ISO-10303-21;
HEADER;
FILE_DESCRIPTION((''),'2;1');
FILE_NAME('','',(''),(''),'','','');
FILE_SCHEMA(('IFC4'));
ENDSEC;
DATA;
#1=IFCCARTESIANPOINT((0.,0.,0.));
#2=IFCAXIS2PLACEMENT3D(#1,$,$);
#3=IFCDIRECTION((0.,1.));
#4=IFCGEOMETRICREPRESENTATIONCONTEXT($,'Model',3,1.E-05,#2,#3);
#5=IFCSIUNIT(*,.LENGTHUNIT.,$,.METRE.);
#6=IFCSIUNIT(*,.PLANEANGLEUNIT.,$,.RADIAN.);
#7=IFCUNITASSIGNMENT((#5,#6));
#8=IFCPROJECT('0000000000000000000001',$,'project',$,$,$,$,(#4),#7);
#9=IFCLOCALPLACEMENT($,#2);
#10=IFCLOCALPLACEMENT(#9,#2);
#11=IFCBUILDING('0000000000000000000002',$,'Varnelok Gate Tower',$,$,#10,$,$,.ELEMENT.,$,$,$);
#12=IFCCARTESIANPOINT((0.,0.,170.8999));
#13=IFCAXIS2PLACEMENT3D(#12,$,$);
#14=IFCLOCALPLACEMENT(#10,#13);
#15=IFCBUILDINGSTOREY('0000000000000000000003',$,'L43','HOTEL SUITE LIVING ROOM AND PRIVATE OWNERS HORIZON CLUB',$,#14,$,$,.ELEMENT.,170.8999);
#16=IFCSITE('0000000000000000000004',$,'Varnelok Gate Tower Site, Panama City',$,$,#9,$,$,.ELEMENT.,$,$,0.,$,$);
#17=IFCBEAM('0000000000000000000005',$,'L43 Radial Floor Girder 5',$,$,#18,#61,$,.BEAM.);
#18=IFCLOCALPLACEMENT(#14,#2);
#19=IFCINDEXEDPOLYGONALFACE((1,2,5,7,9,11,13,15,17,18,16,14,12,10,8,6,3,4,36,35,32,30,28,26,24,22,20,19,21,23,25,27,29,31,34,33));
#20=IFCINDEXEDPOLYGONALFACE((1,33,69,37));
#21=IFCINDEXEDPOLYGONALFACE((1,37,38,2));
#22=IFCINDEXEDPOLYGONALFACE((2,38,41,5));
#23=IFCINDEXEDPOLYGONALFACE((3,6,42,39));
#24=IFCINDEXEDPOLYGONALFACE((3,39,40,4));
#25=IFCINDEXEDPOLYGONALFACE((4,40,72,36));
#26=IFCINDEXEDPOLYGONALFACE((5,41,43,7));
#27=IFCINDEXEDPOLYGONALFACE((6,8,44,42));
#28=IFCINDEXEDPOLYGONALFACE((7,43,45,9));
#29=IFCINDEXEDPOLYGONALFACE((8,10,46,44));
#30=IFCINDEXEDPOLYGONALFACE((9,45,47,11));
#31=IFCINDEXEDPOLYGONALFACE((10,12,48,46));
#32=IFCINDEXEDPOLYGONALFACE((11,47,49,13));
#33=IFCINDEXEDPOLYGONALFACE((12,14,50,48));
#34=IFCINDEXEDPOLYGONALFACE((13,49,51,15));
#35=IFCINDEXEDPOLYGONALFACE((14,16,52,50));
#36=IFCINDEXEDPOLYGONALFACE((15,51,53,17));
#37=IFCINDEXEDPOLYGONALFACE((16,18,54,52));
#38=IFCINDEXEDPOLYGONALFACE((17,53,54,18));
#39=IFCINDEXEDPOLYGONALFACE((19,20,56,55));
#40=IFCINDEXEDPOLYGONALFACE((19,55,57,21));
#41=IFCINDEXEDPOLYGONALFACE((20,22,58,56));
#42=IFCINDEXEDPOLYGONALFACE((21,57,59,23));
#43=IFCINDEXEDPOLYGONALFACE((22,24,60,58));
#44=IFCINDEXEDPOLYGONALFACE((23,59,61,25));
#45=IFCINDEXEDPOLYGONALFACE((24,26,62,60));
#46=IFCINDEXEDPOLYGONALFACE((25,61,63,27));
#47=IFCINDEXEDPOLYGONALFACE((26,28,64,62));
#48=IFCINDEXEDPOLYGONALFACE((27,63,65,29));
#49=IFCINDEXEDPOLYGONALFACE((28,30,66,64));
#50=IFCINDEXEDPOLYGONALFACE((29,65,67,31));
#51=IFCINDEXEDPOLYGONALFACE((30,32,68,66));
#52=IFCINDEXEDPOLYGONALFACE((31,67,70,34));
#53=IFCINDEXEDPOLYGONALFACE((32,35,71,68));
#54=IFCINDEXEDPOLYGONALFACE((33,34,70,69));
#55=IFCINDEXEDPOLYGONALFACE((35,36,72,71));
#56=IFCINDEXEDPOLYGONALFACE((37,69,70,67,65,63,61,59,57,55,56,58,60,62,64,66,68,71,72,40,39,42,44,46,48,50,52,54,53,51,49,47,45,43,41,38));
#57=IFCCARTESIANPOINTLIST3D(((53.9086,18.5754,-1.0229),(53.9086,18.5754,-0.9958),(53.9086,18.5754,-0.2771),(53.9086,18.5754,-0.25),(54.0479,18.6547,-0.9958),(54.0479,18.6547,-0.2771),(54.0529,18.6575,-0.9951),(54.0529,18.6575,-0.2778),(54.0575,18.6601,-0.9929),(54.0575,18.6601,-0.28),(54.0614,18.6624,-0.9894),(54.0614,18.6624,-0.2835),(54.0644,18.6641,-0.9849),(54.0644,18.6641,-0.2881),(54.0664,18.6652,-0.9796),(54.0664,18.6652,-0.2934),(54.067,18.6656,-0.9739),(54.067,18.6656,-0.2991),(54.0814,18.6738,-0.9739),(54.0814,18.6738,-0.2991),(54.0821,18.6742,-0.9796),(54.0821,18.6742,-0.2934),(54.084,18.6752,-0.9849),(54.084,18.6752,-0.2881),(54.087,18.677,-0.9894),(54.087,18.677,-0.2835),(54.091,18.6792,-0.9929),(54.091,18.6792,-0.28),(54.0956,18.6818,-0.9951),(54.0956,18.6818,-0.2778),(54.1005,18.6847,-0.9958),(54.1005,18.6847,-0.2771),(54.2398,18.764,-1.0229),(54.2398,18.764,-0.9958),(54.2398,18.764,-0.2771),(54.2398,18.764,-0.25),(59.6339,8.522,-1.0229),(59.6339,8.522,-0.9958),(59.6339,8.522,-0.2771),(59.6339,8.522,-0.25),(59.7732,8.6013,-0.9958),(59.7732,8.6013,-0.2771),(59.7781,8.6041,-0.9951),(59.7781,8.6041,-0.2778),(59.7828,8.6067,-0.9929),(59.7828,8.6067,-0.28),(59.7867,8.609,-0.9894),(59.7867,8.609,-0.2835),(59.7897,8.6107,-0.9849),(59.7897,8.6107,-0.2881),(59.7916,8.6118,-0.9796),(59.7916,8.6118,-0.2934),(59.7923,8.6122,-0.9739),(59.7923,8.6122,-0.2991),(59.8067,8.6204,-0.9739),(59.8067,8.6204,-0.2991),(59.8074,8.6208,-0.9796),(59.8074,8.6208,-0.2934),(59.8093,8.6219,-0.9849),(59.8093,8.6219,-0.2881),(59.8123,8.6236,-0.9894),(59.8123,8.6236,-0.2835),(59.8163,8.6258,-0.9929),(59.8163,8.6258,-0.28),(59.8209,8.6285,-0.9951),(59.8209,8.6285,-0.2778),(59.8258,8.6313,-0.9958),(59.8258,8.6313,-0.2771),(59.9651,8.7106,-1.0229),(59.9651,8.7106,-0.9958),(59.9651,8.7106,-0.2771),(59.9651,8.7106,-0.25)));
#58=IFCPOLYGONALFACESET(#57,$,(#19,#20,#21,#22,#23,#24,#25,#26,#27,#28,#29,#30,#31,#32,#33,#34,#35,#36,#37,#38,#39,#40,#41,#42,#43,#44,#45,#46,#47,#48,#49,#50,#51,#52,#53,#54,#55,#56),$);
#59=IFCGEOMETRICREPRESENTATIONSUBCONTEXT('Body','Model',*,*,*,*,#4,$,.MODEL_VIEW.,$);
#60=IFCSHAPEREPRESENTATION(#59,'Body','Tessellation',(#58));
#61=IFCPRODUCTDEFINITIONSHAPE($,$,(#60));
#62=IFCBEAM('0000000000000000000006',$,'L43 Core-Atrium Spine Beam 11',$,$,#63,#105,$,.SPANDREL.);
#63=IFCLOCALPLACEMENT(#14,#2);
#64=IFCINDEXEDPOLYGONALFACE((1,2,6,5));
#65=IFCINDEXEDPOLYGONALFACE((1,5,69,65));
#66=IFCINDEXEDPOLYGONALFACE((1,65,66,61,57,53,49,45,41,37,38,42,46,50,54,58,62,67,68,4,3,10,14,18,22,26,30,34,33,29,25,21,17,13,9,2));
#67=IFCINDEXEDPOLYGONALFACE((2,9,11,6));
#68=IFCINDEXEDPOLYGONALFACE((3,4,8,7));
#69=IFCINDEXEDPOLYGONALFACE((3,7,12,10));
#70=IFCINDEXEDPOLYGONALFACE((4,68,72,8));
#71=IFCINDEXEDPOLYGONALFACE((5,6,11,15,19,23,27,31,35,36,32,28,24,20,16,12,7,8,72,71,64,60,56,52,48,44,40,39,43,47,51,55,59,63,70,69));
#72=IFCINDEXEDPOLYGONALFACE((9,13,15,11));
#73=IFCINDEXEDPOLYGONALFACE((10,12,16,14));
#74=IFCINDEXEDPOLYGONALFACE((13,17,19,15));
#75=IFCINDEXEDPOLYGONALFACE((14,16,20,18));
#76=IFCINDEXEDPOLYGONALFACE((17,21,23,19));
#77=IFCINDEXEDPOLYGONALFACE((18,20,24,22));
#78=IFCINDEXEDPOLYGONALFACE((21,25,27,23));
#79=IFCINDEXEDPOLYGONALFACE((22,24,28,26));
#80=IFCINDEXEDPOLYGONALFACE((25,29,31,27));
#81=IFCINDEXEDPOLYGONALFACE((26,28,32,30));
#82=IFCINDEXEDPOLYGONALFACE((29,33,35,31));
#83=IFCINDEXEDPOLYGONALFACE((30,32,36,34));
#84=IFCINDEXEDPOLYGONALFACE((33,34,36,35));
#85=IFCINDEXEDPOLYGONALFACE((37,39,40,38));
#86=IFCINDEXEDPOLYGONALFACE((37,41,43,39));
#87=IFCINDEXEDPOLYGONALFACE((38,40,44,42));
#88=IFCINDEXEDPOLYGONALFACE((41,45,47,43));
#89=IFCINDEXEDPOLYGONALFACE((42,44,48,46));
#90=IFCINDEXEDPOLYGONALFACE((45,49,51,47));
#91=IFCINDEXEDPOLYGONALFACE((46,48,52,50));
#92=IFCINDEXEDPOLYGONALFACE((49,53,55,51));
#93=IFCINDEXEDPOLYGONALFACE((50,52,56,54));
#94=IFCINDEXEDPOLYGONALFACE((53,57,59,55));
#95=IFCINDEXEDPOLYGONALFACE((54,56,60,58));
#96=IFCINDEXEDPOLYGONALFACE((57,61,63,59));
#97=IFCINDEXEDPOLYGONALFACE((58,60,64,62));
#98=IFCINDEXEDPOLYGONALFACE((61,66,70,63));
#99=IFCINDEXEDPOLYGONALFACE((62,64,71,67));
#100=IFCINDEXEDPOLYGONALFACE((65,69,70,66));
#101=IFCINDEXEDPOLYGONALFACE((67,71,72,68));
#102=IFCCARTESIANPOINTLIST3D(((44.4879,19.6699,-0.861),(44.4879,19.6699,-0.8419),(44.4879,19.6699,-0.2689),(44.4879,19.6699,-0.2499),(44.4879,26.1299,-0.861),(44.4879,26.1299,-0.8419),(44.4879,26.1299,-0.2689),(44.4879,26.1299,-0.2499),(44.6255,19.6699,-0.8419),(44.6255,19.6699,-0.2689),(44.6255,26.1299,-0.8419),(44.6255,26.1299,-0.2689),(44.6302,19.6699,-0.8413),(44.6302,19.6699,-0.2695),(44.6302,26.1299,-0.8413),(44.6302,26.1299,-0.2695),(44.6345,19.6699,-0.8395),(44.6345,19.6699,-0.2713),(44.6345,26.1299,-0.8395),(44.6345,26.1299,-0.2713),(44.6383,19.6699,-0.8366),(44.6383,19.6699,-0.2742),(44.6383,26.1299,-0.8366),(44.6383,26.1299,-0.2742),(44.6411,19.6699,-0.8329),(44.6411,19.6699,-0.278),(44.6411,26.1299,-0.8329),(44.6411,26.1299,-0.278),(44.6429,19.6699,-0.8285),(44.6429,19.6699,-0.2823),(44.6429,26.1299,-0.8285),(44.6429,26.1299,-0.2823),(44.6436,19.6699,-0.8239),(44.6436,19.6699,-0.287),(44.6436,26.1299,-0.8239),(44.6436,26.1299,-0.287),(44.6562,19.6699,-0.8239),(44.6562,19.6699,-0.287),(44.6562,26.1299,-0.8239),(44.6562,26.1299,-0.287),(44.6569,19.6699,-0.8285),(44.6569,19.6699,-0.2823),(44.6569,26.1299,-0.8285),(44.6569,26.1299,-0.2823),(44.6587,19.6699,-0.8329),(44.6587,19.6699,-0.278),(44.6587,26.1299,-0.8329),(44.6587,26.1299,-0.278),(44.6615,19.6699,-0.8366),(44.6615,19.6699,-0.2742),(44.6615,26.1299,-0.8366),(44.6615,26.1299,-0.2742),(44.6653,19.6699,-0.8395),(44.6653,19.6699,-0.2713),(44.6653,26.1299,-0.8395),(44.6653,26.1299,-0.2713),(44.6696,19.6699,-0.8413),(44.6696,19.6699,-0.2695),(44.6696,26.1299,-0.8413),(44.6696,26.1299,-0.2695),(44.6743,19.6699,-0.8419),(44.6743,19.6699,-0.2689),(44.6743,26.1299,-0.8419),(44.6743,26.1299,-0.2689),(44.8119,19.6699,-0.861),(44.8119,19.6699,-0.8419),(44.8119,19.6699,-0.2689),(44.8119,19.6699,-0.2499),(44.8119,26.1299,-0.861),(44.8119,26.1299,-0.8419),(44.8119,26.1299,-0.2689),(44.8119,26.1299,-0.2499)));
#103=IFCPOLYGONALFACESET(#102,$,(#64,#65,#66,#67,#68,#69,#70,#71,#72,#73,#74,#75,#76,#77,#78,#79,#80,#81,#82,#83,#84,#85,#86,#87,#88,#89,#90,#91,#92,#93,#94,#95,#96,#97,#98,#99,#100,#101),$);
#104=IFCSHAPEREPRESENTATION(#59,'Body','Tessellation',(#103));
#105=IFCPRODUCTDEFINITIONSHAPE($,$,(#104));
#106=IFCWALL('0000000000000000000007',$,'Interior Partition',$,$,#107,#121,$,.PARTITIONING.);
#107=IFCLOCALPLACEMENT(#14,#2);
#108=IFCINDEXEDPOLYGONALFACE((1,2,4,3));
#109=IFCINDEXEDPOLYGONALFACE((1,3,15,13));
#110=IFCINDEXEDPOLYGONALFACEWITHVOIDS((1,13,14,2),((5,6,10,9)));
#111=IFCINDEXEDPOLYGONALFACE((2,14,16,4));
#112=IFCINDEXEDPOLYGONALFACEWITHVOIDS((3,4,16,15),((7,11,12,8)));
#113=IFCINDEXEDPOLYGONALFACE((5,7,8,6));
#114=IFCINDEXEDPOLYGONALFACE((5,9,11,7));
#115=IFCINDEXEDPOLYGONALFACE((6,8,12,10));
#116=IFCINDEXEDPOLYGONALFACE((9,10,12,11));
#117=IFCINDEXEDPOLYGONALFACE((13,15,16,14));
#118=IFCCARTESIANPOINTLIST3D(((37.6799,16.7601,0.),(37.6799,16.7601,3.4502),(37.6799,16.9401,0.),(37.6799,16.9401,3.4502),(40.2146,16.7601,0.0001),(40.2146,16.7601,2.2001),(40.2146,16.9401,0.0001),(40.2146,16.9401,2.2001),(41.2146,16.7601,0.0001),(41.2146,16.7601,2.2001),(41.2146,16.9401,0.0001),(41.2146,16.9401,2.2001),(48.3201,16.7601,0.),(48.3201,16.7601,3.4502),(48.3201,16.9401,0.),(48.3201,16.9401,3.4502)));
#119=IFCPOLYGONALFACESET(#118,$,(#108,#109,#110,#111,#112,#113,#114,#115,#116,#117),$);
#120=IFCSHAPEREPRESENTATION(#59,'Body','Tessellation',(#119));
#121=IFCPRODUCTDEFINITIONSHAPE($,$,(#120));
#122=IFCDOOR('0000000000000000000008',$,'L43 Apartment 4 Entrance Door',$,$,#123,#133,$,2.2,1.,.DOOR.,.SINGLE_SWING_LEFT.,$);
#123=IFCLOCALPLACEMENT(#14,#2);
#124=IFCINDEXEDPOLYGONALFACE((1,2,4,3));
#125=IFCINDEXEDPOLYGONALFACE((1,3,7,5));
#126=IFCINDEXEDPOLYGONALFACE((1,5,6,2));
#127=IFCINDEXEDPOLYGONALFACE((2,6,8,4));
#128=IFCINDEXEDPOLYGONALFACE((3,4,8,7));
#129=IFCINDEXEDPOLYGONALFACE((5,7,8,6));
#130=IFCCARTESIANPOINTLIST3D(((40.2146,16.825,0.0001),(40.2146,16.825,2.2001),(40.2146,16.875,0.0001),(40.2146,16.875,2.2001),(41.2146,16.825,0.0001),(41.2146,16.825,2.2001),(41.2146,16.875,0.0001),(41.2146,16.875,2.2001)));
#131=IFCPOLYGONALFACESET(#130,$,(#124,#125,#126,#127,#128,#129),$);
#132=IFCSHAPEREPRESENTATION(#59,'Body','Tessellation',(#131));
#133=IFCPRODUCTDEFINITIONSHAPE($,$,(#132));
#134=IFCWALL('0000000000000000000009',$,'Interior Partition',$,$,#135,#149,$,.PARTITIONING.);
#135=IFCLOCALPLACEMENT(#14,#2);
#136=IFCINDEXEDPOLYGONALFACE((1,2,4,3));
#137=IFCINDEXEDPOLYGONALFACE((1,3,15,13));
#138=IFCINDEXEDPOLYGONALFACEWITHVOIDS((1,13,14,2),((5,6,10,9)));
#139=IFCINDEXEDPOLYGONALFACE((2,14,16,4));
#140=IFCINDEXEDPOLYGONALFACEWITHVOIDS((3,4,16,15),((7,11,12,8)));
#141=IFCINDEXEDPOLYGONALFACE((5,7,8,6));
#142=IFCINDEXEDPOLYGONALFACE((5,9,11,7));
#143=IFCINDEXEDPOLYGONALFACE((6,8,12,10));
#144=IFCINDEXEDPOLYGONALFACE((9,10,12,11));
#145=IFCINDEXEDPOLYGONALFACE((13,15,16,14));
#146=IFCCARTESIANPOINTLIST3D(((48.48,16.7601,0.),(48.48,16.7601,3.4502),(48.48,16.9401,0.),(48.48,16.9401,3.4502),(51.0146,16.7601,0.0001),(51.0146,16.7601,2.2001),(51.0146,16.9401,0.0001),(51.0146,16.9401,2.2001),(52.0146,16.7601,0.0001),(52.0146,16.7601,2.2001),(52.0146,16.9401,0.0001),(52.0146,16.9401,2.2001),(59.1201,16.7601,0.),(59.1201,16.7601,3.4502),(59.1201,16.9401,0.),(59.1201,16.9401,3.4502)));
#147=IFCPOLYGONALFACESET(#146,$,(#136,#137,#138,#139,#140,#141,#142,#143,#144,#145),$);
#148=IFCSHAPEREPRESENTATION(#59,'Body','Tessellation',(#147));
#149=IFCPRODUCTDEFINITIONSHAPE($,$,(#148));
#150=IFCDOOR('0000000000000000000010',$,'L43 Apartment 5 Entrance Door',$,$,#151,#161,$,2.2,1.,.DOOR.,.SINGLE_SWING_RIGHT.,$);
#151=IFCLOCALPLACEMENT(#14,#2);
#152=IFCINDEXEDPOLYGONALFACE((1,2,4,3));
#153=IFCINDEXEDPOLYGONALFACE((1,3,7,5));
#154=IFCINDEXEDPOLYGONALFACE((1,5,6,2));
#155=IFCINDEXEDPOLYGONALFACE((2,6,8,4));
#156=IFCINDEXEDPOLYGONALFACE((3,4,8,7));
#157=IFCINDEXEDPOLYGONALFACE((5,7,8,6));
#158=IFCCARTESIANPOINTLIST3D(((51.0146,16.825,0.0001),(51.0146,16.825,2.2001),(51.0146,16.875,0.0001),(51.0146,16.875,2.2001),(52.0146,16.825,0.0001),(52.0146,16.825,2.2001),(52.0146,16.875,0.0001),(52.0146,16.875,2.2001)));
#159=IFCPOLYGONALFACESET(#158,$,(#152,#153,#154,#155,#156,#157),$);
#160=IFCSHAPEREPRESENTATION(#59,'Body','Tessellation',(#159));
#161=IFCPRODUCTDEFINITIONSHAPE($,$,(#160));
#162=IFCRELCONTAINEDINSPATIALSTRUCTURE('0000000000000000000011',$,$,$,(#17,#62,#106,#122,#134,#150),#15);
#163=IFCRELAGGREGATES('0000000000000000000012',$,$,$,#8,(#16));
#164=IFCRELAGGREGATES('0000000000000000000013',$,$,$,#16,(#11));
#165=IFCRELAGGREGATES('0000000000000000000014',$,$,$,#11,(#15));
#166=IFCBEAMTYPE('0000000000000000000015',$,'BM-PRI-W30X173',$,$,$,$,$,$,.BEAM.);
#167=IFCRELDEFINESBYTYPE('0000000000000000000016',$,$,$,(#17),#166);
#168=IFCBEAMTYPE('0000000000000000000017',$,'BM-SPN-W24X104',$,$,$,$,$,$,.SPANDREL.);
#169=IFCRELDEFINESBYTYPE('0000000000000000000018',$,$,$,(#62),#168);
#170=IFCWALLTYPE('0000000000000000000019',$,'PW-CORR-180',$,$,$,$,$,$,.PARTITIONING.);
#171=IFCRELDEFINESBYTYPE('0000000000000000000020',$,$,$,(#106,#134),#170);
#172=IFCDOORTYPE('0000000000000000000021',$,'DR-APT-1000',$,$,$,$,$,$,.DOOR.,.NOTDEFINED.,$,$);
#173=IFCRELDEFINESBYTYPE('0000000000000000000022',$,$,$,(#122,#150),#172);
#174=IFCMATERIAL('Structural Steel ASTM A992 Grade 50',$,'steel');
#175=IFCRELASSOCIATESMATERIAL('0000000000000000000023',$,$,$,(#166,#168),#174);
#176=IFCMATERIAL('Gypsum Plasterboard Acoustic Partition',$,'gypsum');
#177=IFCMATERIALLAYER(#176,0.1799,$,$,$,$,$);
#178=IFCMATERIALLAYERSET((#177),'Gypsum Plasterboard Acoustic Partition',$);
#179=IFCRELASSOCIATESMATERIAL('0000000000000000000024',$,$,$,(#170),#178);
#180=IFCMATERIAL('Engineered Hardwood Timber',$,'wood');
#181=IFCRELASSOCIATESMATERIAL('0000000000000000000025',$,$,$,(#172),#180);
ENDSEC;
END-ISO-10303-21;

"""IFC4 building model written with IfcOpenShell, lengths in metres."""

from ifc_helpers import new_model, si_unit, direction, frame, frame_2d, origin, origin_2d, place, context, subcontext, project, spatial, rectangle, i_section, extrude, material, layer, layer_set, material_profile, profile_set, type_object, element, fill, save


model = new_model("IFC4")

# Units and contexts
model_context = context("Model", 3, precision=1e-05, world=origin(), true_north=direction((0.0, 1.0)))
body_context = subcontext(model_context, "Body", "Model", "MODEL_VIEW")
ifc_project = project(units=[si_unit("LENGTHUNIT", "METRE"), si_unit("PLANEANGLEUNIT", "RADIAN")], contexts=[model_context])

# Site, building, storey
site_placement = place(None, origin())
site = spatial("IfcSite", under=ifc_project, at=site_placement, Name="Varnelok Gate Tower Site, Panama City", CompositionType="ELEMENT", RefElevation=0.0)
building_placement = place(site_placement, origin())
building = spatial("IfcBuilding", under=site, at=building_placement, Name="Varnelok Gate Tower", CompositionType="ELEMENT")
storey_placement = place(building_placement, frame((0.0, 0.0, 170.8999)))
storey = spatial("IfcBuildingStorey", under=building, at=storey_placement, Name="L43", Description="HOTEL SUITE LIVING ROOM AND PRIVATE OWNERS HORIZON CLUB", CompositionType="ELEMENT", Elevation=170.8999)

# Shared definitions
ifc_material_1 = material(Name="Structural Steel ASTM A992 Grade 50", Category="steel")

# Beams
ifc_material_profile_1 = material_profile(ifc_material_1, i_section(OverallWidth=0.3811, OverallDepth=0.7729, WebThickness=0.0166, FlangeThickness=0.0271, FilletRadius=0.022, at=origin_2d()), Name="W30X173")
ifc_profile_set_1 = profile_set([ifc_material_profile_1], Name="Structural Steel ASTM A992 Grade 50")
beam_type_1 = type_object("IfcBeamType", Name="BM-PRI-W30X173", PredefinedType="BEAM", material=ifc_profile_set_1)
beam_1_placement = place(storey_placement, frame((54.0742, 18.6697, -0.6365), z_axis=(0.494868, -0.868968, 0.0), x_axis=(0.868968, 0.494868, 0.0)))
element("IfcBeam", 1, at=beam_1_placement, inside=storey, type_object=beam_type_1, Name="L43 Radial Floor Girder 5", PredefinedType="BEAM", context=body_context, shape_type="SweptSolid", body=[
    extrude(i_section(OverallWidth=0.3811, OverallDepth=0.7729, WebThickness=0.0166, FlangeThickness=0.0271, FilletRadius=0.022, at=origin_2d()), origin(), (0.0, 0.0, 1.0), 11.5693),
])
ifc_material_profile_2 = material_profile(ifc_material_1, i_section(OverallWidth=0.324, OverallDepth=0.6111, WebThickness=0.0127, FlangeThickness=0.019, FilletRadius=0.0181, at=origin_2d()), Name="W24X104")
ifc_profile_set_2 = profile_set([ifc_material_profile_2], Name="Structural Steel ASTM A992 Grade 50")
beam_type_2 = type_object("IfcBeamType", Name="BM-SPN-W24X104", PredefinedType="SPANDREL", material=ifc_profile_set_2)
beam_2_placement = place(storey_placement, frame((44.6499, 19.6699, -0.5554), z_axis=(0.0, 1.0, 0.0), x_axis=(-1.0, 0.0, 0.0)))
element("IfcBeam", 2, at=beam_2_placement, inside=storey, type_object=beam_type_2, Name="L43 Core-Atrium Spine Beam 11", PredefinedType="SPANDREL", context=body_context, shape_type="SweptSolid", body=[
    extrude(i_section(OverallWidth=0.324, OverallDepth=0.6111, WebThickness=0.0127, FlangeThickness=0.019, FilletRadius=0.0181, at=origin_2d()), origin(), (0.0, 0.0, 1.0), 6.46),
])

# Walls, openings, doors
ifc_material_2 = material(Name="Gypsum Plasterboard Acoustic Partition", Category="gypsum")
ifc_layer_1 = layer(ifc_material_2, 0.1799)
ifc_layer_set_1 = layer_set([ifc_layer_1], Name="Gypsum Plasterboard Acoustic Partition")
wall_type_1 = type_object("IfcWallType", Name="PW-CORR-180", PredefinedType="PARTITIONING", material=ifc_layer_set_1)
wall_1_placement = place(storey_placement, frame((37.6799, 16.8501, 0.0), z_axis=(0.0, 0.0, 1.0), x_axis=(1.0, 0.0, 0.0)))
wall_1 = element("IfcWall", 3, at=wall_1_placement, inside=storey, type_object=wall_type_1, Name="Interior Partition", PredefinedType="PARTITIONING", context=body_context, shape_type="SweptSolid", body=[
    extrude(rectangle(XDim=10.6401, YDim=0.1799, at=frame_2d((5.3201, 0.0))), origin(), (0.0, 0.0, 1.0), 3.4502),
])
opening_1_placement = place(wall_1_placement, frame((2.5347, 0.0, 0.0)))
opening_1 = element("IfcOpeningElement", 4, at=opening_1_placement, cuts=wall_1, PredefinedType="OPENING", context=body_context, shape_type="SweptSolid", body=[
    extrude(rectangle(XDim=1.0, YDim=2.2, at=frame_2d((0.5, 1.1001))), frame((0.0, 0.0999, 0.0), z_axis=(0.0, -1.0, 0.0), x_axis=(1.0, 0.0, 0.0)), (0.0, 0.0, 1.0), 0.2),
])
ifc_material_3 = material(Name="Engineered Hardwood Timber", Category="wood")
door_type_1 = type_object("IfcDoorType", Name="DR-APT-1000", OperationType="NOTDEFINED", PredefinedType="DOOR", material=ifc_material_3)
door_1_placement = place(opening_1_placement, origin())
door_1 = element("IfcDoor", 5, at=door_1_placement, inside=storey, type_object=door_type_1, Name="L43 Apartment 4 Entrance Door", OperationType="SINGLE_SWING_LEFT", OverallHeight=2.2, OverallWidth=1.0, PredefinedType="DOOR", context=body_context, shape_type="SweptSolid", body=[
    extrude(rectangle(XDim=1.0, YDim=2.2, at=frame_2d((0.5, 1.1001))), frame((0.0, 0.0249, 0.0), z_axis=(0.0, -1.0, 0.0), x_axis=(1.0, 0.0, 0.0)), (0.0, 0.0, 1.0), 0.05),
])
fill(opening_1, door_1)
wall_2_placement = place(storey_placement, frame((48.48, 16.8501, 0.0), z_axis=(0.0, 0.0, 1.0), x_axis=(1.0, 0.0, 0.0)))
wall_2 = element("IfcWall", 6, at=wall_2_placement, inside=storey, type_object=wall_type_1, Name="Interior Partition", PredefinedType="PARTITIONING", context=body_context, shape_type="SweptSolid", body=[
    extrude(rectangle(XDim=10.6401, YDim=0.1799, at=frame_2d((5.3201, 0.0))), origin(), (0.0, 0.0, 1.0), 3.4502),
])
opening_2_placement = place(wall_2_placement, frame((2.5347, 0.0, 0.0)))
opening_2 = element("IfcOpeningElement", 7, at=opening_2_placement, cuts=wall_2, PredefinedType="OPENING", context=body_context, shape_type="SweptSolid", body=[
    extrude(rectangle(XDim=1.0, YDim=2.2, at=frame_2d((0.5, 1.1001))), frame((0.0, 0.0999, 0.0), z_axis=(0.0, -1.0, 0.0), x_axis=(1.0, 0.0, 0.0)), (0.0, 0.0, 1.0), 0.2),
])
door_2_placement = place(opening_2_placement, origin())
door_2 = element("IfcDoor", 8, at=door_2_placement, inside=storey, type_object=door_type_1, Name="L43 Apartment 5 Entrance Door", OperationType="SINGLE_SWING_RIGHT", OverallHeight=2.2, OverallWidth=1.0, PredefinedType="DOOR", context=body_context, shape_type="SweptSolid", body=[
    extrude(rectangle(XDim=1.0, YDim=2.2, at=frame_2d((0.5, 1.1001))), frame((0.0, 0.0249, 0.0), z_axis=(0.0, -1.0, 0.0), x_axis=(1.0, 0.0, 0.0)), (0.0, 0.0, 1.0), 0.05),
])
fill(opening_2, door_2)

save(model, "model.ifc")
